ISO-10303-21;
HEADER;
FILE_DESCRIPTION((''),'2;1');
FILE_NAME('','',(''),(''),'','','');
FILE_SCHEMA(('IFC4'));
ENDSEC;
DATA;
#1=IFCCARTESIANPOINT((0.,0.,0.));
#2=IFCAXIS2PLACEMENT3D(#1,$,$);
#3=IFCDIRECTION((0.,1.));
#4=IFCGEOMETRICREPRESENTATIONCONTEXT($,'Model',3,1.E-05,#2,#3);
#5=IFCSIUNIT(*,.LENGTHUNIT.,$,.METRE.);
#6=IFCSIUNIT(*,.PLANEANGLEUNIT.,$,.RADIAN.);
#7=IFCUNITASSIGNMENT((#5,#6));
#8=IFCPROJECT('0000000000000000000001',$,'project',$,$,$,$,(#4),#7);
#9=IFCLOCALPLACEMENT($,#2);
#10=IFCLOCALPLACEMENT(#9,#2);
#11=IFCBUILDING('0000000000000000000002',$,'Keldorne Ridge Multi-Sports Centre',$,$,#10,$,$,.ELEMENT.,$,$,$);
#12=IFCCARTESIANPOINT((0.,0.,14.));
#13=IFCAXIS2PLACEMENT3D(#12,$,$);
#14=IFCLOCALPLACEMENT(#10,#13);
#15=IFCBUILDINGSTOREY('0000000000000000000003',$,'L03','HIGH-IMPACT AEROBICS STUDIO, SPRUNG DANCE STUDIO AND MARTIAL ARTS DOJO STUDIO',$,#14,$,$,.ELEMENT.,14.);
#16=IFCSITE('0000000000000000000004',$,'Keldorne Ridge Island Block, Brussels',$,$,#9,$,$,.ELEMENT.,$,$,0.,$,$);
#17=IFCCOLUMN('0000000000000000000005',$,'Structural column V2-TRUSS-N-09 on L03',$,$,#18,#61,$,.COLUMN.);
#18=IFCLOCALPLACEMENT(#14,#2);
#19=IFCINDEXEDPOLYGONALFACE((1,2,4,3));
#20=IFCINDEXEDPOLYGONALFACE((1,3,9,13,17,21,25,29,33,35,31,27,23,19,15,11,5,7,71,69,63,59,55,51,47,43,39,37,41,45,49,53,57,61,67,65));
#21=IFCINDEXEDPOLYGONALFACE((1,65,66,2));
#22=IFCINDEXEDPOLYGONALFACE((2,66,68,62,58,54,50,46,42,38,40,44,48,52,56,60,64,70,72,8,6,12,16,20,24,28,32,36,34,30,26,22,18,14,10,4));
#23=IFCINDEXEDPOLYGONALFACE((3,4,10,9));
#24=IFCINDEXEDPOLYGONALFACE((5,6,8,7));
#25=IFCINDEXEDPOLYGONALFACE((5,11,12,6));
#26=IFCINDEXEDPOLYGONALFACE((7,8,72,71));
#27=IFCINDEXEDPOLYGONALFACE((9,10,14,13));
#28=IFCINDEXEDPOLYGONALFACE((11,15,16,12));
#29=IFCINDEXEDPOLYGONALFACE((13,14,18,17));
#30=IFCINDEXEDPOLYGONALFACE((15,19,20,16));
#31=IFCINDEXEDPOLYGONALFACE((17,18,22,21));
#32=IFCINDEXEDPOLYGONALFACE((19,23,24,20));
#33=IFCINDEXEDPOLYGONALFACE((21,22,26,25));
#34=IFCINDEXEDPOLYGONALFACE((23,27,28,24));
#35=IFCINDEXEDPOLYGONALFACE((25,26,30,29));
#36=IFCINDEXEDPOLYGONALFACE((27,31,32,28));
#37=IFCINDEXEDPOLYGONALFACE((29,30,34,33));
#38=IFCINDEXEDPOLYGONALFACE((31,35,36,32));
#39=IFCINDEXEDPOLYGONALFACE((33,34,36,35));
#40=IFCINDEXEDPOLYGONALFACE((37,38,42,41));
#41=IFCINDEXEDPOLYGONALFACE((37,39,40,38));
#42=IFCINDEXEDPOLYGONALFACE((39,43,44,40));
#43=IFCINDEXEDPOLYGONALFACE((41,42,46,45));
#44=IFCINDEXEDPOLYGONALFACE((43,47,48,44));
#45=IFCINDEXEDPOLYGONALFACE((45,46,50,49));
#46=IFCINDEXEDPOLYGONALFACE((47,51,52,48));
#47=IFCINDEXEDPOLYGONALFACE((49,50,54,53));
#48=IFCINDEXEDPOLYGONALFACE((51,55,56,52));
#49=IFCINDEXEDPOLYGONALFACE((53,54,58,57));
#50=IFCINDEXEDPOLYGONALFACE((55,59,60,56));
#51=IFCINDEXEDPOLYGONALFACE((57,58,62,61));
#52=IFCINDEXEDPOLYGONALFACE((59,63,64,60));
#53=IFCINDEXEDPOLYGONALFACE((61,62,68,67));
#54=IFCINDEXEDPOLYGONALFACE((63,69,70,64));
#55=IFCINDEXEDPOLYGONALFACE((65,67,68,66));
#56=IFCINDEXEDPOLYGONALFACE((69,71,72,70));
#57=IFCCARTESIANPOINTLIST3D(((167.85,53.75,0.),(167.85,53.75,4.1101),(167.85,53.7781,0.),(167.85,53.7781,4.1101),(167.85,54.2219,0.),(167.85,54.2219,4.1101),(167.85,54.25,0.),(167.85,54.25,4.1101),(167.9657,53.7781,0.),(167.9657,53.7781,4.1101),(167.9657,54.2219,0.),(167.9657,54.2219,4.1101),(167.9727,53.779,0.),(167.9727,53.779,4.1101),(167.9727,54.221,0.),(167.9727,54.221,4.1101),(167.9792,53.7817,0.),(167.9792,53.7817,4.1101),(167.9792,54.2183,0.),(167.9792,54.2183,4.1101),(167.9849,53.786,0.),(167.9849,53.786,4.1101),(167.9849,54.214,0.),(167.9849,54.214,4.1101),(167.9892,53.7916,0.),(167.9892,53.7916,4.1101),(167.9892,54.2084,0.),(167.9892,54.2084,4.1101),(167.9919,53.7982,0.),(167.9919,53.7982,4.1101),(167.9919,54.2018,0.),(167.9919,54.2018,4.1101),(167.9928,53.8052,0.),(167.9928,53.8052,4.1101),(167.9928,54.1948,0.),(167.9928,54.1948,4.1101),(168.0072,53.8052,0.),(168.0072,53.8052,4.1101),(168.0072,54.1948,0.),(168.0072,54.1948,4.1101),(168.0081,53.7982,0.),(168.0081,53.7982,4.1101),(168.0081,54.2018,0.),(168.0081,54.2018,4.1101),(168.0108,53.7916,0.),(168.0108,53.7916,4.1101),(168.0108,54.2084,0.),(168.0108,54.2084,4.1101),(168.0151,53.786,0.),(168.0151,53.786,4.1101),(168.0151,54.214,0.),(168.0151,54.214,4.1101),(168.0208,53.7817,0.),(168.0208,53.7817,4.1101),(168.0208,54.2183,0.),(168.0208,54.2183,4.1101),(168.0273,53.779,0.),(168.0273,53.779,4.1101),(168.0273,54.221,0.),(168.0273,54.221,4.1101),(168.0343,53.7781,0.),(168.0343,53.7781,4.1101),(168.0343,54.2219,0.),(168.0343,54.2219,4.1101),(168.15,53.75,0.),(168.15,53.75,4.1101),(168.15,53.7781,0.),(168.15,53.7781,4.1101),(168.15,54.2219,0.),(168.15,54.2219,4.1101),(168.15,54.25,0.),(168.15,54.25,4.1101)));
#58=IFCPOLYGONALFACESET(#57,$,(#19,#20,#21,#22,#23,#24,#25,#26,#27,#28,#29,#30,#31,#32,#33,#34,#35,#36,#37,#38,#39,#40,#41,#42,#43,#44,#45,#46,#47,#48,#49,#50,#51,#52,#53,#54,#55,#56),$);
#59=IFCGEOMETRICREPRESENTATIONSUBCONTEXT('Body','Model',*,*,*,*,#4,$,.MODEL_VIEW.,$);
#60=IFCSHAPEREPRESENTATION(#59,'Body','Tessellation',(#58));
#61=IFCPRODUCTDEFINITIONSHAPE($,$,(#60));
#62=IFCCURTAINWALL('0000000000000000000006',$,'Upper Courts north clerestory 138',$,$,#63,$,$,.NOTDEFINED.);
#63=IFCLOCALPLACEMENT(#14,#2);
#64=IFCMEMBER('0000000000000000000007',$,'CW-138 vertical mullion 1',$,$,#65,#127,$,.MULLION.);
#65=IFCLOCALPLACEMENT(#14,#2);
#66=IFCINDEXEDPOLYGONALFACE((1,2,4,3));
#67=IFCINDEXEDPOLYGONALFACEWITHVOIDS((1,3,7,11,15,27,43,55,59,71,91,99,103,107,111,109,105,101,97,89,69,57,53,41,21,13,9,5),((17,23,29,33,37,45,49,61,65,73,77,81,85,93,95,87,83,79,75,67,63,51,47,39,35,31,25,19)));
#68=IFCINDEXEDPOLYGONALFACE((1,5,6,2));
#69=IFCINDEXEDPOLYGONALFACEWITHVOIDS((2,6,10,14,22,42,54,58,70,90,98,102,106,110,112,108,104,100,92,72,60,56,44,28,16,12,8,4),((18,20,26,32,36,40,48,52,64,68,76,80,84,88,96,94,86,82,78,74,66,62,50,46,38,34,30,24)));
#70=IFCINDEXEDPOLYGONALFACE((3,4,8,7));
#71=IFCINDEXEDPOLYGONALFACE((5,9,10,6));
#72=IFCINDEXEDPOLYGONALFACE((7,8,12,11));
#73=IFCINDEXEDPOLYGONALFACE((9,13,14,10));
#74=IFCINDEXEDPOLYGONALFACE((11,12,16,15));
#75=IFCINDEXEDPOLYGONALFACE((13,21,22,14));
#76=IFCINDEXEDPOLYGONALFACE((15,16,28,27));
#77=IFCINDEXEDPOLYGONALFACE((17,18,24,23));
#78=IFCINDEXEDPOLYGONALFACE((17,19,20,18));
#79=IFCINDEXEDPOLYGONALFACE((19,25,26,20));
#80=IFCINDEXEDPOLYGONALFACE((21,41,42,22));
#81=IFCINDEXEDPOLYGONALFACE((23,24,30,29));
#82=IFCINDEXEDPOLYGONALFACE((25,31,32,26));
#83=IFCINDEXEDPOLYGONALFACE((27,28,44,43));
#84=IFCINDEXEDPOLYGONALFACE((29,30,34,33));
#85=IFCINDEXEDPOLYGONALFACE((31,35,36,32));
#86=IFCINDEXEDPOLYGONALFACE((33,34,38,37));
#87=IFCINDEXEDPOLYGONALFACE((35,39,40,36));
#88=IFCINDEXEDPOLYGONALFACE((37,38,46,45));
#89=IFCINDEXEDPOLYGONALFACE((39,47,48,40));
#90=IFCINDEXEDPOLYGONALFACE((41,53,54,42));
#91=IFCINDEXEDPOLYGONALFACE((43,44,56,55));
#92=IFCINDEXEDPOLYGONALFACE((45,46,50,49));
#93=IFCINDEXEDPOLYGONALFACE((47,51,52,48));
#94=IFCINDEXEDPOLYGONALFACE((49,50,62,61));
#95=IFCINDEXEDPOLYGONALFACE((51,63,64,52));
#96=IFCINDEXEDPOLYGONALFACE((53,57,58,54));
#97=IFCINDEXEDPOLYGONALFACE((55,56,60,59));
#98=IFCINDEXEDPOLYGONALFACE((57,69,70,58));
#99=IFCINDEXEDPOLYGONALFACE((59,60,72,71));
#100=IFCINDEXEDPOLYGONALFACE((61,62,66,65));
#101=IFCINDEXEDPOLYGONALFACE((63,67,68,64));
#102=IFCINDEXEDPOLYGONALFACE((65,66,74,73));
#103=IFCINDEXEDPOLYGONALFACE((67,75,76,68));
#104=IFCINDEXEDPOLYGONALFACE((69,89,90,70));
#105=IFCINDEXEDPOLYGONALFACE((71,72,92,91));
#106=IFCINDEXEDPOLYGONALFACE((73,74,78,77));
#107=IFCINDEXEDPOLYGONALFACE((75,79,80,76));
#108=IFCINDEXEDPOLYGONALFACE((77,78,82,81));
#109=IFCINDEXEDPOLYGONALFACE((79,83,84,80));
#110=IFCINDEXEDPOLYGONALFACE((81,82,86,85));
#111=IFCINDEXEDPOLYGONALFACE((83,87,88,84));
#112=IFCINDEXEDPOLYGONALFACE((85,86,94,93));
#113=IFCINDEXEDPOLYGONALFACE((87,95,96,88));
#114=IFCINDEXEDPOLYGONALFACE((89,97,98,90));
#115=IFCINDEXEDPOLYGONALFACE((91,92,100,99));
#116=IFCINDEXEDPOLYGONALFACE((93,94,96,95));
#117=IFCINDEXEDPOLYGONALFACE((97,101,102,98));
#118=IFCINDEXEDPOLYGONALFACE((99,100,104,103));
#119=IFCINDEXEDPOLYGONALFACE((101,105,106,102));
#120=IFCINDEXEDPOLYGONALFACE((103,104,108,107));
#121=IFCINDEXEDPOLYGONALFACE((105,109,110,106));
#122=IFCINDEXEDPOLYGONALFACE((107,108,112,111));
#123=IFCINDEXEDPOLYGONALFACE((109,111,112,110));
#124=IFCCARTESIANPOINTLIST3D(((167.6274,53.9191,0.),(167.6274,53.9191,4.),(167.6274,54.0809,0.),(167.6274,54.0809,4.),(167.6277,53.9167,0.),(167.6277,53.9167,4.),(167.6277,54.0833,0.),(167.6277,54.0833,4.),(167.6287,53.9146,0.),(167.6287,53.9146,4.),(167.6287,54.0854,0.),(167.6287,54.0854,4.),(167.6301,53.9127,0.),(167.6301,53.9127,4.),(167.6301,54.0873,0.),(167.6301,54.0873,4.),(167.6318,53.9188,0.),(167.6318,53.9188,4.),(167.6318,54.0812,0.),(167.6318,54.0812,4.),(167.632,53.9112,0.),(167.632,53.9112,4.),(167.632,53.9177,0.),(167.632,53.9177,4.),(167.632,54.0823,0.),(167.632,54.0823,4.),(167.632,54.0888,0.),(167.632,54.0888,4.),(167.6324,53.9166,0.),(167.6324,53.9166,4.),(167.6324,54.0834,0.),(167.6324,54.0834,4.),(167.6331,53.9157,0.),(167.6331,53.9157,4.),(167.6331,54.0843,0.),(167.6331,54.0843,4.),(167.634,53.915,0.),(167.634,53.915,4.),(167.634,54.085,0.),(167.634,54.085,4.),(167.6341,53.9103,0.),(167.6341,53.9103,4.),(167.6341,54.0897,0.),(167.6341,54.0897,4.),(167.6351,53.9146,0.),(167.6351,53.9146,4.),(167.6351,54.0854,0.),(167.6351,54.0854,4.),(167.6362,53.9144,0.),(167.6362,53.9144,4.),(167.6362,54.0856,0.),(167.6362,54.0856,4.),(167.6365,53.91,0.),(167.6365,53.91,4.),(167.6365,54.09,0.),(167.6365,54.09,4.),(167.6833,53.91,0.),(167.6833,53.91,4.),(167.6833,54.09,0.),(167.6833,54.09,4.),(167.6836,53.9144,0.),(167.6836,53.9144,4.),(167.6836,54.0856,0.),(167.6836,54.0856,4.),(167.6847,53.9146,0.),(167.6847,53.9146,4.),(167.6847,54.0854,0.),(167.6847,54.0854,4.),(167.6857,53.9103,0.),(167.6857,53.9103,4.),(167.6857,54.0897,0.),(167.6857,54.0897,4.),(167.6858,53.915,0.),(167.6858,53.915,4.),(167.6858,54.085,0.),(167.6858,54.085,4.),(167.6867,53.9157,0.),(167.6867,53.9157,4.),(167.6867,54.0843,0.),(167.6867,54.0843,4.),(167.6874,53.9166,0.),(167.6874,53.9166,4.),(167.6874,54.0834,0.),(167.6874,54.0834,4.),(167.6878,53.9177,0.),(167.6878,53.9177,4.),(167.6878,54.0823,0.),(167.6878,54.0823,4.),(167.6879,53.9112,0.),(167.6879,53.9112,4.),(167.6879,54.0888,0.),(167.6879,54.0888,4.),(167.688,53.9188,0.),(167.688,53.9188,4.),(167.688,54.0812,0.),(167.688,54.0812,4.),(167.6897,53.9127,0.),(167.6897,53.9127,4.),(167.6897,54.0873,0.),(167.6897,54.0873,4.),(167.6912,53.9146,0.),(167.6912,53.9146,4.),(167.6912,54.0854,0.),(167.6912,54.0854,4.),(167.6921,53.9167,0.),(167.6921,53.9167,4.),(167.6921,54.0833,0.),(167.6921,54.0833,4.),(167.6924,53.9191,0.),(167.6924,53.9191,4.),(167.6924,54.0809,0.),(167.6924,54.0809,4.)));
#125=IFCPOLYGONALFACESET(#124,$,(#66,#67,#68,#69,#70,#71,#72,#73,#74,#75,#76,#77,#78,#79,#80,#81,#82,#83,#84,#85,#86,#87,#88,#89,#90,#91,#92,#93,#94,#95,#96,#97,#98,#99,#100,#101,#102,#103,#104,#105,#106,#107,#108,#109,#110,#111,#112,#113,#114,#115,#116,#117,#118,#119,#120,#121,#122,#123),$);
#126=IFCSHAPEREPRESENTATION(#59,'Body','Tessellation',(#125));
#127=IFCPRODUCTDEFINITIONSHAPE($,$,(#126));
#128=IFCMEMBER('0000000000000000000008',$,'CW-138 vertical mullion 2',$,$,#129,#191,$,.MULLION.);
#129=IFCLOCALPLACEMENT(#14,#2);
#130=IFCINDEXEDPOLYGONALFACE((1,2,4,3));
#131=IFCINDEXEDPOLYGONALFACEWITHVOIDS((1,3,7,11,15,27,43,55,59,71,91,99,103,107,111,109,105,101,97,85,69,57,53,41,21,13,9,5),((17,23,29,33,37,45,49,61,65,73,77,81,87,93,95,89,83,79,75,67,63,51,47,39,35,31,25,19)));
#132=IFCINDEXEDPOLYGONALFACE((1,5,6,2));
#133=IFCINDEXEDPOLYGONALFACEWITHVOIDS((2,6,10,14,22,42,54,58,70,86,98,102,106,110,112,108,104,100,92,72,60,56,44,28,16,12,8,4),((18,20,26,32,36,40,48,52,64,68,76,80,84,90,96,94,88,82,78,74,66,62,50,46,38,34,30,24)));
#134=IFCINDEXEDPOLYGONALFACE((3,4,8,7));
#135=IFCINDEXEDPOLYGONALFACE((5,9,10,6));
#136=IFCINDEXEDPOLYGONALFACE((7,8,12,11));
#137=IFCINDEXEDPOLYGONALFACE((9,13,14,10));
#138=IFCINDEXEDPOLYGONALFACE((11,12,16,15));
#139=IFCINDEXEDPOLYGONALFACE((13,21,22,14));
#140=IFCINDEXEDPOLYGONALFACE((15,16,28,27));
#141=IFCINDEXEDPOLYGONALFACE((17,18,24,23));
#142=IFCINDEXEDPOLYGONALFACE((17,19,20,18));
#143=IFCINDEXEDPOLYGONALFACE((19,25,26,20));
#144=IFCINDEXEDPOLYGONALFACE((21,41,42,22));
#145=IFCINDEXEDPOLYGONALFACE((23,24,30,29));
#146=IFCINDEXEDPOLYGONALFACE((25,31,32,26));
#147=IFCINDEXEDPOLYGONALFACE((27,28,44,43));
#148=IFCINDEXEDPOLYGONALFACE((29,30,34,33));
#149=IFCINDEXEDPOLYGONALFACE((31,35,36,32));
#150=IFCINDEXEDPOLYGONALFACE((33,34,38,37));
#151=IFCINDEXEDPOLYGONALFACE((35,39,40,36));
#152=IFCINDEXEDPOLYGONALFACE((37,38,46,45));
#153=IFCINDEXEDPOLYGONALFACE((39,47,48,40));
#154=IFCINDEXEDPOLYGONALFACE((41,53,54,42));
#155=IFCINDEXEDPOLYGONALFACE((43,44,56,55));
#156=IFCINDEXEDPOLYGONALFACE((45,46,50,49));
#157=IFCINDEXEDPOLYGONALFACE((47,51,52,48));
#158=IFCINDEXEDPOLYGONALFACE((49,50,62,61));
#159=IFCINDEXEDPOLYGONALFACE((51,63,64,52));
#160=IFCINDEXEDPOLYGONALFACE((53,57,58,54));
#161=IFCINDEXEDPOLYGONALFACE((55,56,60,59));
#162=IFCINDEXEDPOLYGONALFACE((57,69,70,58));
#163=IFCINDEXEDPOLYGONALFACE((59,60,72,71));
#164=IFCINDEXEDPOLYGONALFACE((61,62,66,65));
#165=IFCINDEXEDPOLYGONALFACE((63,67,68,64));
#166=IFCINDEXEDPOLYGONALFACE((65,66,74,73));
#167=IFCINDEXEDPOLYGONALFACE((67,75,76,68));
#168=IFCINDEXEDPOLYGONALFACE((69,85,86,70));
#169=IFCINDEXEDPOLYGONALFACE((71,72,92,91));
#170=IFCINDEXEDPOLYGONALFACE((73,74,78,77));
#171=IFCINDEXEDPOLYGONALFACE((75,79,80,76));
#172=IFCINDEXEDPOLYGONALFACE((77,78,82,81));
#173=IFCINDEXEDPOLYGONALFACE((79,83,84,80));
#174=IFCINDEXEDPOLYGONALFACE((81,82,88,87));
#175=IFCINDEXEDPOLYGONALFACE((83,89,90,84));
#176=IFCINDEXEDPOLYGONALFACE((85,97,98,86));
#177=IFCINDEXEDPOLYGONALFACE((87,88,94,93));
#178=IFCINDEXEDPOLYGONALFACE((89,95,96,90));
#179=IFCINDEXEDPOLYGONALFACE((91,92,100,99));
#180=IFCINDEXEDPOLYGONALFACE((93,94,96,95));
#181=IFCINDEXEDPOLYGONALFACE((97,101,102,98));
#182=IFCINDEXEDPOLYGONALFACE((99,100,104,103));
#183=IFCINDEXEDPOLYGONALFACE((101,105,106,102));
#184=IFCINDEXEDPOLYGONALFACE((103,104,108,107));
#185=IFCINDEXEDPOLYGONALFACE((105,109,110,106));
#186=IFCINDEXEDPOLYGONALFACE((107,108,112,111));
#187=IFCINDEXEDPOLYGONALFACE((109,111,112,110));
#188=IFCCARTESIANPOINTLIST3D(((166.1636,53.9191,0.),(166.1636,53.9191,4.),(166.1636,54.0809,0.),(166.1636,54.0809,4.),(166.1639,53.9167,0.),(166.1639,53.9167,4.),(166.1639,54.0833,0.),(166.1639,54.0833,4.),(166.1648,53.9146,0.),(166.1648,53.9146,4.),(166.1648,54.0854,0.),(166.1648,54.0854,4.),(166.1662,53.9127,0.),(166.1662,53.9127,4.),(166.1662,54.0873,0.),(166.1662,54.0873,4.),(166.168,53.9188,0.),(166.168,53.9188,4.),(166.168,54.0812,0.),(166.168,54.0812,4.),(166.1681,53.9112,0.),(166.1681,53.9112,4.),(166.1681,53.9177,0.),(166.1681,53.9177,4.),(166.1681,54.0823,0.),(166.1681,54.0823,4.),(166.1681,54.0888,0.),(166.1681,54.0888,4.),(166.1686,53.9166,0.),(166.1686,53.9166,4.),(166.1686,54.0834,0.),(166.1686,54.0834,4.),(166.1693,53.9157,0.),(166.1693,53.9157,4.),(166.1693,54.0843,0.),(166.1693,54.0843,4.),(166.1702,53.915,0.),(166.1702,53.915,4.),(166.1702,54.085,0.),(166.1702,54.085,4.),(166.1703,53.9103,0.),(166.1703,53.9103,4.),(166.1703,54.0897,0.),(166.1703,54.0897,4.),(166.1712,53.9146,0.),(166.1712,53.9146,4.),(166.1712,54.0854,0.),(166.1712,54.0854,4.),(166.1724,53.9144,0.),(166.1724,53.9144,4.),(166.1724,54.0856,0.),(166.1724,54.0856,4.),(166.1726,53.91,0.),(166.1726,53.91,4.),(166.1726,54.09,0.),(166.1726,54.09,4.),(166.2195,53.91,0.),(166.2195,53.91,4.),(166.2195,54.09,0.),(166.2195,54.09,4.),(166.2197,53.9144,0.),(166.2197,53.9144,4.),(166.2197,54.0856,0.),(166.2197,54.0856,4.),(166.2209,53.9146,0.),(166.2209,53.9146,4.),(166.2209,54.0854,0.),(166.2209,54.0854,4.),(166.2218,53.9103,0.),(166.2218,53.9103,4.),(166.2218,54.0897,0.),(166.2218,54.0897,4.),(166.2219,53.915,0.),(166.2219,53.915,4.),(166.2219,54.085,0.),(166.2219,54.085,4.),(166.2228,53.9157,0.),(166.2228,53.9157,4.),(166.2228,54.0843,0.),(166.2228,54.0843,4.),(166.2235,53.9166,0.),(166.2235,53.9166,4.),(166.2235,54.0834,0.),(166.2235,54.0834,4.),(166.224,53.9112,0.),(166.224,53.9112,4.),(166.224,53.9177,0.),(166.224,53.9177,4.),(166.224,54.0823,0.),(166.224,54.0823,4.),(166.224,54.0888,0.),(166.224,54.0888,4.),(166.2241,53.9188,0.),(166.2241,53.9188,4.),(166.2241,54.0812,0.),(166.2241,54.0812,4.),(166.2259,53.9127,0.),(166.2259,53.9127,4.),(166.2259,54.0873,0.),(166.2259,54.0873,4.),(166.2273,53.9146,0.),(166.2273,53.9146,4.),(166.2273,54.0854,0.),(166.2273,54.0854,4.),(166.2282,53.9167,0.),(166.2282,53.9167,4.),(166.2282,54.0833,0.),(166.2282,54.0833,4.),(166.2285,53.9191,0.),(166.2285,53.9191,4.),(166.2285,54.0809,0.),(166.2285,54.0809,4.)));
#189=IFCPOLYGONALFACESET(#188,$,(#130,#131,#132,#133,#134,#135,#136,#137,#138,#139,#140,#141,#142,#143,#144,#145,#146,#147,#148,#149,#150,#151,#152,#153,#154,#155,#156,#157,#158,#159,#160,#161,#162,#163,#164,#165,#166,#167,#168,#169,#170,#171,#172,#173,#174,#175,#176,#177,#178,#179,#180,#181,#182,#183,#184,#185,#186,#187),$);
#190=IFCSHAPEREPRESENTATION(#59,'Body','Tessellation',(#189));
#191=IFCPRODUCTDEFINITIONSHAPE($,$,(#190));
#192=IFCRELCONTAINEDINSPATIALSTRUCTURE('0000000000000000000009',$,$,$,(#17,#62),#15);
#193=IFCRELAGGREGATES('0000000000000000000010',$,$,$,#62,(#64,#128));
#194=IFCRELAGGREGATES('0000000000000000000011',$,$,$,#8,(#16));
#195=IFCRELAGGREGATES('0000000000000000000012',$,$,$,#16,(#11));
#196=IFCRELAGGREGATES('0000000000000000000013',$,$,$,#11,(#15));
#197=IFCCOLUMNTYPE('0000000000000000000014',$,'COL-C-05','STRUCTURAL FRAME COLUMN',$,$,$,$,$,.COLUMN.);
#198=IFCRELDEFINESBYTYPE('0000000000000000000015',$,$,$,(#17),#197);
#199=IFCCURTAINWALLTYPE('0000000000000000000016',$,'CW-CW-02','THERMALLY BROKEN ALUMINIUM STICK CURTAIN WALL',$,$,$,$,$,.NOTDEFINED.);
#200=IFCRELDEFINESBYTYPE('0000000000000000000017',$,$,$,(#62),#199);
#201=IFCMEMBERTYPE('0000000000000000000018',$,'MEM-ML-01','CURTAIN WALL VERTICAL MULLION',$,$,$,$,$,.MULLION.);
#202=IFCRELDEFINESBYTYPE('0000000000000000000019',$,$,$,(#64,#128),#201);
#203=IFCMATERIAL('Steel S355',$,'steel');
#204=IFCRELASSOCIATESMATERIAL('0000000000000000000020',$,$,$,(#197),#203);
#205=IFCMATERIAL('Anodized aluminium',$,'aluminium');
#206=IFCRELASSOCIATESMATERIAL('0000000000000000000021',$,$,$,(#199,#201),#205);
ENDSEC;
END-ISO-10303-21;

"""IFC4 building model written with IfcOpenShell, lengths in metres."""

from ifc_helpers import new_model, si_unit, direction, frame, origin, origin_2d, place, context, subcontext, project, spatial, hollow_rectangle, i_section, extrude, material, material_profile, profile_set, type_object, element, aggregate, save


model = new_model("IFC4")

# Units and contexts
model_context = context("Model", 3, precision=1e-05, world=origin(), true_north=direction((0.0, 1.0)))
body_context = subcontext(model_context, "Body", "Model", "MODEL_VIEW")
ifc_project = project(units=[si_unit("LENGTHUNIT", "METRE"), si_unit("PLANEANGLEUNIT", "RADIAN")], contexts=[model_context])

# Site, building, storey
site_placement = place(None, origin())
site = spatial("IfcSite", under=ifc_project, at=site_placement, Name="Keldorne Ridge Island Block, Brussels", CompositionType="ELEMENT", RefElevation=0.0)
building_placement = place(site_placement, origin())
building = spatial("IfcBuilding", under=site, at=building_placement, Name="Keldorne Ridge Multi-Sports Centre", CompositionType="ELEMENT")
storey_placement = place(building_placement, frame((0.0, 0.0, 14.0)))
storey = spatial("IfcBuildingStorey", under=building, at=storey_placement, Name="L03", Description="HIGH-IMPACT AEROBICS STUDIO, SPRUNG DANCE STUDIO AND MARTIAL ARTS DOJO STUDIO", CompositionType="ELEMENT", Elevation=14.0)

# Column
ifc_material_1 = material(Name="Steel S355", Category="steel")
ifc_material_profile_1 = material_profile(ifc_material_1, i_section(OverallWidth=0.3, OverallDepth=0.5, WebThickness=0.0144, FlangeThickness=0.0281, FilletRadius=0.0271, at=origin_2d()), Name="HEB 500")
ifc_profile_set_1 = profile_set([ifc_material_profile_1], Name="Steel S355")
column_type = type_object("IfcColumnType", Name="COL-C-05", Description="STRUCTURAL FRAME COLUMN", PredefinedType="COLUMN", material=ifc_profile_set_1)
column_placement = place(storey_placement, frame((168.0, 54.0, 0.0), z_axis=(0.0, 0.0, 1.0), x_axis=(1.0, 0.0, 0.0)))
element("IfcColumn", 1, at=column_placement, inside=storey, type_object=column_type, Name="Structural column V2-TRUSS-N-09 on L03", PredefinedType="COLUMN", context=body_context, shape_type="SweptSolid", body=[
    extrude(i_section(OverallWidth=0.3, OverallDepth=0.5, WebThickness=0.0144, FlangeThickness=0.0281, FilletRadius=0.0271, at=origin_2d()), origin(), (0.0, 0.0, 1.0), 4.1101),
])

# Curtain wall, members
ifc_material_2 = material(Name="Anodized aluminium", Category="aluminium")
curtain_wall_type = type_object("IfcCurtainWallType", Name="CW-CW-02", Description="THERMALLY BROKEN ALUMINIUM STICK CURTAIN WALL", PredefinedType="NOTDEFINED", material=ifc_material_2)
curtain_wall_placement = place(storey_placement, origin())
curtain_wall = element("IfcCurtainWall", 2, at=curtain_wall_placement, inside=storey, type_object=curtain_wall_type, Name="Upper Courts north clerestory 138", PredefinedType="NOTDEFINED")
ifc_material_profile_2 = material_profile(ifc_material_2, hollow_rectangle(XDim=0.0649, YDim=0.1799, WallThickness=0.0044, InnerFilletRadius=0.0044, OuterFilletRadius=0.009, at=origin_2d()), Name="ALU MULLION 180x65x4.5")
ifc_profile_set_2 = profile_set([ifc_material_profile_2], Name="Anodized aluminium")
member_type_1 = type_object("IfcMemberType", Name="MEM-ML-01", Description="CURTAIN WALL VERTICAL MULLION", PredefinedType="MULLION", material=ifc_profile_set_2)
member_1_placement = place(storey_placement, frame((167.6599, 54.0, 0.0), z_axis=(0.0, 0.0, 1.0), x_axis=(1.0, 0.0, 0.0)))
member_1 = element("IfcMember", 3, at=member_1_placement, type_object=member_type_1, Name="CW-138 vertical mullion 1", PredefinedType="MULLION", context=body_context, shape_type="SweptSolid", body=[
    extrude(hollow_rectangle(XDim=0.0649, YDim=0.1799, WallThickness=0.0044, InnerFilletRadius=0.0044, OuterFilletRadius=0.009, at=origin_2d()), origin(), (0.0, 0.0, 1.0), 4.0),
])
member_2_placement = place(storey_placement, frame((166.196, 54.0, 0.0), z_axis=(0.0, 0.0, 1.0), x_axis=(1.0, 0.0, 0.0)))
member_2 = element("IfcMember", 4, at=member_2_placement, type_object=member_type_1, Name="CW-138 vertical mullion 2", PredefinedType="MULLION", context=body_context, shape_type="SweptSolid", body=[
    extrude(hollow_rectangle(XDim=0.0649, YDim=0.1799, WallThickness=0.0044, InnerFilletRadius=0.0044, OuterFilletRadius=0.009, at=origin_2d()), origin(), (0.0, 0.0, 1.0), 4.0),
])

aggregate(curtain_wall, [member_1, member_2])

save(model, "model.ifc")
